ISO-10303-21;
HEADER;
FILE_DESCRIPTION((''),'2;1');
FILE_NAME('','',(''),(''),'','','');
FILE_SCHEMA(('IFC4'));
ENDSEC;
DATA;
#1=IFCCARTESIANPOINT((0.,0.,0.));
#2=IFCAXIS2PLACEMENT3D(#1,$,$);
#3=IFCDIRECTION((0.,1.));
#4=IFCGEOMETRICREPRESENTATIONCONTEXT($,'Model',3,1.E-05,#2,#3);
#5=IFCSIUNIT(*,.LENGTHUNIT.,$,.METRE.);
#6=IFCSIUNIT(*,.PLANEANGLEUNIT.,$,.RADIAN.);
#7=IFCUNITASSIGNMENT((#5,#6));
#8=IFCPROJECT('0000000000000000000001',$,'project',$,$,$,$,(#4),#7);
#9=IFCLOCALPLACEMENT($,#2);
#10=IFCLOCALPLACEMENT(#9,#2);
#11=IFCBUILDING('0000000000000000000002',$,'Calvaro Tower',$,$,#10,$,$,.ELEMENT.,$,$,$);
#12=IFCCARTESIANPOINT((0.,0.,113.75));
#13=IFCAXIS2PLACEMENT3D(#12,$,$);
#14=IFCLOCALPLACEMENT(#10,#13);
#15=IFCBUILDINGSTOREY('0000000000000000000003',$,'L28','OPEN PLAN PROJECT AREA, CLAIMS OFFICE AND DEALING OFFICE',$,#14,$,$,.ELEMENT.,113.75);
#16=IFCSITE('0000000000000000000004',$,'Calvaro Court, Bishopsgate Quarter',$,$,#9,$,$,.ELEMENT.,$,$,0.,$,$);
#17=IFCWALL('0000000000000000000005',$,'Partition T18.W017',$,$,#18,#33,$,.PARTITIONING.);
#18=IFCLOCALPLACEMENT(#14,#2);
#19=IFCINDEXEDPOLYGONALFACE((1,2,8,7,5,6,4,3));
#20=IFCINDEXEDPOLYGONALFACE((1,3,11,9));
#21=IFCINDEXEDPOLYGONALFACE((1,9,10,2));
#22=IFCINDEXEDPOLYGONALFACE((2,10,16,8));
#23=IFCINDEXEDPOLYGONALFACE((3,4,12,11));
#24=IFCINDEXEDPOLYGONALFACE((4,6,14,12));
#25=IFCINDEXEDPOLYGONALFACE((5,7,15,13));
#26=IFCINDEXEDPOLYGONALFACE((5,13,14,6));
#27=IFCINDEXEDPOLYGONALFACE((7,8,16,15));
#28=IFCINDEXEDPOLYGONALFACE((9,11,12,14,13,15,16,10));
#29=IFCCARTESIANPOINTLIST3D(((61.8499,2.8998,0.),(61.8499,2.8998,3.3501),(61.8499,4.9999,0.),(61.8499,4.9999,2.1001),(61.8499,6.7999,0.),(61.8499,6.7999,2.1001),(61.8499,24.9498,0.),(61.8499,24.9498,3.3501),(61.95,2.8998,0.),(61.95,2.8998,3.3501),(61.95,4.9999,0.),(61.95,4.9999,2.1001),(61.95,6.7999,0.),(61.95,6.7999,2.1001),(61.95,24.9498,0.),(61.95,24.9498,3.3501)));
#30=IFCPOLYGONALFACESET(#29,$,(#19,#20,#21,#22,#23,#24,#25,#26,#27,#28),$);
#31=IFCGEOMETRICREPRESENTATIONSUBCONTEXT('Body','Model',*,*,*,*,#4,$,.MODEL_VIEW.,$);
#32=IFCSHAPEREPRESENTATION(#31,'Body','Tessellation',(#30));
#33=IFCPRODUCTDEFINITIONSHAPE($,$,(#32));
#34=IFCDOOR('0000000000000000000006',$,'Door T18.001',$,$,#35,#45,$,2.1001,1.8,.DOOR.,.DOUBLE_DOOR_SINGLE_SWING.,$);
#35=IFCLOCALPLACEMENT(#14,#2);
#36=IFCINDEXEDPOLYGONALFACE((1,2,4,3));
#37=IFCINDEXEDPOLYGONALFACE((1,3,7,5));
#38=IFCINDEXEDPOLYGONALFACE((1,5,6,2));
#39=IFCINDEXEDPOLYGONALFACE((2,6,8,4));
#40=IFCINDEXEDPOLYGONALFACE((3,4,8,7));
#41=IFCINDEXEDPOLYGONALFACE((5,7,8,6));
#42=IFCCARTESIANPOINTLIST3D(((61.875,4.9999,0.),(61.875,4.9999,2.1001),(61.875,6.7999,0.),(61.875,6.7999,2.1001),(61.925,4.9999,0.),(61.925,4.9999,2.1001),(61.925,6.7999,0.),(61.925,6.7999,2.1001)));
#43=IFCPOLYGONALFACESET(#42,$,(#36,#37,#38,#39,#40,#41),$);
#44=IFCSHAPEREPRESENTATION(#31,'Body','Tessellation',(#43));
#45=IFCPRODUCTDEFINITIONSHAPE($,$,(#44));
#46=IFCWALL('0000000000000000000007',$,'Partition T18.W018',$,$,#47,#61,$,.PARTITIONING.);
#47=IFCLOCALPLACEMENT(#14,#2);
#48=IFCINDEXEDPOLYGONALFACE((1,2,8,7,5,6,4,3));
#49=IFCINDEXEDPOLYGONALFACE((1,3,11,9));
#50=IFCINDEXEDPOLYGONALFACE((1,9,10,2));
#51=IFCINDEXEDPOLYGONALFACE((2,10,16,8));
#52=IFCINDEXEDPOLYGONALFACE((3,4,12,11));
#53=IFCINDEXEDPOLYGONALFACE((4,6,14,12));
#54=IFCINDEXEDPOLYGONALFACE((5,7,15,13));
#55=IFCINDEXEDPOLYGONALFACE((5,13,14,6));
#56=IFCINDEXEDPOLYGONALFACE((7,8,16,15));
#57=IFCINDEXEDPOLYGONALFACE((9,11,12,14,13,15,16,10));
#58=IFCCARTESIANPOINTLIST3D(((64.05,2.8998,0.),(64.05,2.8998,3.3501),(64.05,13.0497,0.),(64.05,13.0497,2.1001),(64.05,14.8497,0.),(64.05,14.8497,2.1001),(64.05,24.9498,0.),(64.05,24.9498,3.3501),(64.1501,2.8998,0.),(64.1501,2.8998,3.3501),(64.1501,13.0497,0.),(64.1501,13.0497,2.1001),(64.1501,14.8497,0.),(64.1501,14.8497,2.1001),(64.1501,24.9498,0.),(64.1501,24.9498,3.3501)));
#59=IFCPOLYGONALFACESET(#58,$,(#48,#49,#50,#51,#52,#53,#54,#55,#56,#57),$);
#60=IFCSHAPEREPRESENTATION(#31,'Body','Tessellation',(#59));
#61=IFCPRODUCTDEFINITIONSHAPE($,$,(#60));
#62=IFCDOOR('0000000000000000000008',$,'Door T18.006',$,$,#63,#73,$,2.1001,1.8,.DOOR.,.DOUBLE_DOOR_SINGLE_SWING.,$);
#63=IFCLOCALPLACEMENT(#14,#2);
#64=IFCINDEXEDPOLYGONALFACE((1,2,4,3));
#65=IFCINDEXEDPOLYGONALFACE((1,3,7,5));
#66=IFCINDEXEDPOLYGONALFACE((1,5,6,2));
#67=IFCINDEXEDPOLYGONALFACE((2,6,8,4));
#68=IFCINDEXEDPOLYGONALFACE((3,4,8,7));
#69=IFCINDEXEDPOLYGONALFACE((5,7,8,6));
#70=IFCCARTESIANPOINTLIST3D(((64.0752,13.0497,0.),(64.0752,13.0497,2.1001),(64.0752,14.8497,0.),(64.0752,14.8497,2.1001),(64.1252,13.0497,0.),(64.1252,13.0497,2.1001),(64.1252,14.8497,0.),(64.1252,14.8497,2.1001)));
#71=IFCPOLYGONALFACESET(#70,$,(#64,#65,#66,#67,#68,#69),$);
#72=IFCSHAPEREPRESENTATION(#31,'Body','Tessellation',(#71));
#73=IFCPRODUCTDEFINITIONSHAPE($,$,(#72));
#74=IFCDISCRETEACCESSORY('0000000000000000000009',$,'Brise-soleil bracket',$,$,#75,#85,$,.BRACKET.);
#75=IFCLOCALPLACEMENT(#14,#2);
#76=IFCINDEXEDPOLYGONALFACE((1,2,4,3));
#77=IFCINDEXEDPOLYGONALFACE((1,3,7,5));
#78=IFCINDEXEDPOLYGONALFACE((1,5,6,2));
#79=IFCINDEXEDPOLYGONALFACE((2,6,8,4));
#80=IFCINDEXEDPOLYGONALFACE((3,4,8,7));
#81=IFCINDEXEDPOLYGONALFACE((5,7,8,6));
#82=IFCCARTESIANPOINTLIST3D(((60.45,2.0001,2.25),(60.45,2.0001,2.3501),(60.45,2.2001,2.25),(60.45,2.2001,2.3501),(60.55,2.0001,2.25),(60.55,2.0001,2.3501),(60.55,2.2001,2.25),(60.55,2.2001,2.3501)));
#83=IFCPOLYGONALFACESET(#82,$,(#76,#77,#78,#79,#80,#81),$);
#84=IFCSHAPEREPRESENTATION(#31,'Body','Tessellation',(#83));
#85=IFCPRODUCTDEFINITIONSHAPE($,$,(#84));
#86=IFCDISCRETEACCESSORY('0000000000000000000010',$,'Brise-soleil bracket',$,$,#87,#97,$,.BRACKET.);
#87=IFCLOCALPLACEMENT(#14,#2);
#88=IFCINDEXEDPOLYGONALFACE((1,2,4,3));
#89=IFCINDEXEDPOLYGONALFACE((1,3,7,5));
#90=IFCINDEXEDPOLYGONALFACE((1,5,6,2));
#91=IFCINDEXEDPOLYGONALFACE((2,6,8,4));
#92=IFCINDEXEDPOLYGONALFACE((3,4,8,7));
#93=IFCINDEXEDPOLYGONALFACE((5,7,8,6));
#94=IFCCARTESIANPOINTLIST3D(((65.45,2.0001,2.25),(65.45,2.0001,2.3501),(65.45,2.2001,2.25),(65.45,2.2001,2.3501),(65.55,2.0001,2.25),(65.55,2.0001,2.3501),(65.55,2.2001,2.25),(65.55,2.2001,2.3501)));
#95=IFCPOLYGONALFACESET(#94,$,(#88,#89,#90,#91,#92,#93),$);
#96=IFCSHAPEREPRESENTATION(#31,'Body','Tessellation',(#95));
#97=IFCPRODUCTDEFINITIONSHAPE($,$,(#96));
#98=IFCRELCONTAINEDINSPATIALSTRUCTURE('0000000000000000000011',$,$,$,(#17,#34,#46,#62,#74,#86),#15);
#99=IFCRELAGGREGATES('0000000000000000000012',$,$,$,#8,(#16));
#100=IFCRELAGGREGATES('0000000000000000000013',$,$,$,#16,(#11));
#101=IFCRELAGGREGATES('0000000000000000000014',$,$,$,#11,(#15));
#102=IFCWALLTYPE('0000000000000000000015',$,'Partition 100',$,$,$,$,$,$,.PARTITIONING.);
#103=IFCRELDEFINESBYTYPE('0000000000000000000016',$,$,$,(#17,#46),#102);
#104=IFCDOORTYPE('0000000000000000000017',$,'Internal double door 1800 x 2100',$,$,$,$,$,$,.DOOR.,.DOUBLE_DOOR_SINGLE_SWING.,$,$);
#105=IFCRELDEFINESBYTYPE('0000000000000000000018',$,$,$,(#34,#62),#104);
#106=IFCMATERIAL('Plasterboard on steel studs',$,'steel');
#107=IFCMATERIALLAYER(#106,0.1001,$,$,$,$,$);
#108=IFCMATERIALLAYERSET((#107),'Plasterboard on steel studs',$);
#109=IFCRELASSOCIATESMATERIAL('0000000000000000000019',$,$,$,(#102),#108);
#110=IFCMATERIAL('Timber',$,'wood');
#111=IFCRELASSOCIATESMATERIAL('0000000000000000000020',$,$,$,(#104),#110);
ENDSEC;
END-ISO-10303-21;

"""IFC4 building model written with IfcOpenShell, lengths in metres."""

from ifc_helpers import new_model, si_unit, direction, frame, frame_2d, origin, origin_2d, place, context, subcontext, project, spatial, rectangle, extrude, material, layer, layer_set, type_object, element, fill, save


model = new_model("IFC4")

# Units and contexts
model_context = context("Model", 3, precision=1e-05, world=origin(), true_north=direction((0.0, 1.0)))
body_context = subcontext(model_context, "Body", "Model", "MODEL_VIEW")
ifc_project = project(units=[si_unit("LENGTHUNIT", "METRE"), si_unit("PLANEANGLEUNIT", "RADIAN")], contexts=[model_context])

# Site, building, storey
site_placement = place(None, origin())
site = spatial("IfcSite", under=ifc_project, at=site_placement, Name="Calvaro Court, Bishopsgate Quarter", CompositionType="ELEMENT", RefElevation=0.0)
building_placement = place(site_placement, origin())
building = spatial("IfcBuilding", under=site, at=building_placement, Name="Calvaro Tower", CompositionType="ELEMENT")
storey_placement = place(building_placement, frame((0.0, 0.0, 113.75)))
storey = spatial("IfcBuildingStorey", under=building, at=storey_placement, Name="L28", Description="OPEN PLAN PROJECT AREA, CLAIMS OFFICE AND DEALING OFFICE", CompositionType="ELEMENT", Elevation=113.75)

# Walls, openings, doors
ifc_material_1 = material(Name="Plasterboard on steel studs", Category="steel")
ifc_layer_1 = layer(ifc_material_1, 0.1001)
ifc_layer_set_1 = layer_set([ifc_layer_1], Name="Plasterboard on steel studs")
wall_type_1 = type_object("IfcWallType", Name="Partition 100", PredefinedType="PARTITIONING", material=ifc_layer_set_1)
wall_1_placement = place(storey_placement, frame((61.8999, 2.8999, 0.0), z_axis=(0.0, 0.0, 1.0), x_axis=(0.0, 1.0, 0.0)))
wall_1 = element("IfcWall", 1, at=wall_1_placement, inside=storey, type_object=wall_type_1, Name="Partition T18.W017", PredefinedType="PARTITIONING", context=body_context, shape_type="SweptSolid", body=[
    extrude(rectangle(XDim=22.05, YDim=0.1001, at=frame_2d((11.0249, 0.0))), origin(), (0.0, 0.0, 1.0), 3.3501),
])
opening_1_placement = place(wall_1_placement, frame((2.1001, 0.0, 0.0)))
opening_1 = element("IfcOpeningElement", 2, at=opening_1_placement, cuts=wall_1, PredefinedType="OPENING", context=body_context, shape_type="SweptSolid", body=[
    extrude(rectangle(XDim=1.8, YDim=2.1001, at=frame_2d((0.8999, 1.05))), frame((0.0, 0.0601, 0.0), z_axis=(0.0, -1.0, 0.0), x_axis=(1.0, 0.0, 0.0)), (0.0, 0.0, 1.0), 0.1201),
])
ifc_material_2 = material(Name="Timber", Category="wood")
door_type = type_object("IfcDoorType", Name="Internal double door 1800 x 2100", OperationType="DOUBLE_DOOR_SINGLE_SWING", PredefinedType="DOOR", material=ifc_material_2)
door_1_placement = place(opening_1_placement, origin())
door_1 = element("IfcDoor", 3, at=door_1_placement, inside=storey, type_object=door_type, Name="Door T18.001", OperationType="DOUBLE_DOOR_SINGLE_SWING", OverallHeight=2.1001, OverallWidth=1.8, PredefinedType="DOOR", context=body_context, shape_type="SweptSolid", body=[
    extrude(rectangle(XDim=1.8, YDim=2.1001, at=frame_2d((0.8999, 1.05))), frame((0.0, 0.0249, 0.0), z_axis=(0.0, -1.0, 0.0), x_axis=(1.0, 0.0, 0.0)), (0.0, 0.0, 1.0), 0.05),
])
fill(opening_1, door_1)
wall_2_placement = place(storey_placement, frame((64.1001, 2.8999, 0.0), z_axis=(0.0, 0.0, 1.0), x_axis=(0.0, 1.0, 0.0)))
wall_2 = element("IfcWall", 4, at=wall_2_placement, inside=storey, type_object=wall_type_1, Name="Partition T18.W018", PredefinedType="PARTITIONING", context=body_context, shape_type="SweptSolid", body=[
    extrude(rectangle(XDim=22.05, YDim=0.1001, at=frame_2d((11.0249, 0.0))), origin(), (0.0, 0.0, 1.0), 3.3501),
])
opening_2_placement = place(wall_2_placement, frame((10.1499, 0.0, 0.0)))
opening_2 = element("IfcOpeningElement", 5, at=opening_2_placement, cuts=wall_2, PredefinedType="OPENING", context=body_context, shape_type="SweptSolid", body=[
    extrude(rectangle(XDim=1.8, YDim=2.1001, at=frame_2d((0.8999, 1.05))), frame((0.0, 0.0601, 0.0), z_axis=(0.0, -1.0, 0.0), x_axis=(1.0, 0.0, 0.0)), (0.0, 0.0, 1.0), 0.1201),
])
door_2_placement = place(opening_2_placement, origin())
door_2 = element("IfcDoor", 6, at=door_2_placement, inside=storey, type_object=door_type, Name="Door T18.006", OperationType="DOUBLE_DOOR_SINGLE_SWING", OverallHeight=2.1001, OverallWidth=1.8, PredefinedType="DOOR", context=body_context, shape_type="SweptSolid", body=[
    extrude(rectangle(XDim=1.8, YDim=2.1001, at=frame_2d((0.8999, 1.05))), frame((0.0, 0.0249, 0.0), z_axis=(0.0, -1.0, 0.0), x_axis=(1.0, 0.0, 0.0)), (0.0, 0.0, 1.0), 0.05),
])
fill(opening_2, door_2)

# Discrete accessories
for number, where, z_axis, x_axis, name in (
    (7, (60.5, 2.1001, 2.25), (0.0, 0.0, 1.0), (1.0, 0.0, 0.0), "Brise-soleil bracket"),
    (8, (65.5, 2.1001, 2.25), (0.0, 0.0, 1.0), (1.0, 0.0, 0.0), "Brise-soleil bracket"),
):
    element("IfcDiscreteAccessory", number, at=place(storey_placement, frame(where, z_axis=z_axis, x_axis=x_axis)), inside=storey, Name=name, PredefinedType="BRACKET", context=body_context, shape_type="SweptSolid", body=[
        extrude(rectangle(XDim=0.1001, YDim=0.2, at=origin_2d()), origin(), (0.0, 0.0, 1.0), 0.1001),
    ])

save(model, "model.ifc")
